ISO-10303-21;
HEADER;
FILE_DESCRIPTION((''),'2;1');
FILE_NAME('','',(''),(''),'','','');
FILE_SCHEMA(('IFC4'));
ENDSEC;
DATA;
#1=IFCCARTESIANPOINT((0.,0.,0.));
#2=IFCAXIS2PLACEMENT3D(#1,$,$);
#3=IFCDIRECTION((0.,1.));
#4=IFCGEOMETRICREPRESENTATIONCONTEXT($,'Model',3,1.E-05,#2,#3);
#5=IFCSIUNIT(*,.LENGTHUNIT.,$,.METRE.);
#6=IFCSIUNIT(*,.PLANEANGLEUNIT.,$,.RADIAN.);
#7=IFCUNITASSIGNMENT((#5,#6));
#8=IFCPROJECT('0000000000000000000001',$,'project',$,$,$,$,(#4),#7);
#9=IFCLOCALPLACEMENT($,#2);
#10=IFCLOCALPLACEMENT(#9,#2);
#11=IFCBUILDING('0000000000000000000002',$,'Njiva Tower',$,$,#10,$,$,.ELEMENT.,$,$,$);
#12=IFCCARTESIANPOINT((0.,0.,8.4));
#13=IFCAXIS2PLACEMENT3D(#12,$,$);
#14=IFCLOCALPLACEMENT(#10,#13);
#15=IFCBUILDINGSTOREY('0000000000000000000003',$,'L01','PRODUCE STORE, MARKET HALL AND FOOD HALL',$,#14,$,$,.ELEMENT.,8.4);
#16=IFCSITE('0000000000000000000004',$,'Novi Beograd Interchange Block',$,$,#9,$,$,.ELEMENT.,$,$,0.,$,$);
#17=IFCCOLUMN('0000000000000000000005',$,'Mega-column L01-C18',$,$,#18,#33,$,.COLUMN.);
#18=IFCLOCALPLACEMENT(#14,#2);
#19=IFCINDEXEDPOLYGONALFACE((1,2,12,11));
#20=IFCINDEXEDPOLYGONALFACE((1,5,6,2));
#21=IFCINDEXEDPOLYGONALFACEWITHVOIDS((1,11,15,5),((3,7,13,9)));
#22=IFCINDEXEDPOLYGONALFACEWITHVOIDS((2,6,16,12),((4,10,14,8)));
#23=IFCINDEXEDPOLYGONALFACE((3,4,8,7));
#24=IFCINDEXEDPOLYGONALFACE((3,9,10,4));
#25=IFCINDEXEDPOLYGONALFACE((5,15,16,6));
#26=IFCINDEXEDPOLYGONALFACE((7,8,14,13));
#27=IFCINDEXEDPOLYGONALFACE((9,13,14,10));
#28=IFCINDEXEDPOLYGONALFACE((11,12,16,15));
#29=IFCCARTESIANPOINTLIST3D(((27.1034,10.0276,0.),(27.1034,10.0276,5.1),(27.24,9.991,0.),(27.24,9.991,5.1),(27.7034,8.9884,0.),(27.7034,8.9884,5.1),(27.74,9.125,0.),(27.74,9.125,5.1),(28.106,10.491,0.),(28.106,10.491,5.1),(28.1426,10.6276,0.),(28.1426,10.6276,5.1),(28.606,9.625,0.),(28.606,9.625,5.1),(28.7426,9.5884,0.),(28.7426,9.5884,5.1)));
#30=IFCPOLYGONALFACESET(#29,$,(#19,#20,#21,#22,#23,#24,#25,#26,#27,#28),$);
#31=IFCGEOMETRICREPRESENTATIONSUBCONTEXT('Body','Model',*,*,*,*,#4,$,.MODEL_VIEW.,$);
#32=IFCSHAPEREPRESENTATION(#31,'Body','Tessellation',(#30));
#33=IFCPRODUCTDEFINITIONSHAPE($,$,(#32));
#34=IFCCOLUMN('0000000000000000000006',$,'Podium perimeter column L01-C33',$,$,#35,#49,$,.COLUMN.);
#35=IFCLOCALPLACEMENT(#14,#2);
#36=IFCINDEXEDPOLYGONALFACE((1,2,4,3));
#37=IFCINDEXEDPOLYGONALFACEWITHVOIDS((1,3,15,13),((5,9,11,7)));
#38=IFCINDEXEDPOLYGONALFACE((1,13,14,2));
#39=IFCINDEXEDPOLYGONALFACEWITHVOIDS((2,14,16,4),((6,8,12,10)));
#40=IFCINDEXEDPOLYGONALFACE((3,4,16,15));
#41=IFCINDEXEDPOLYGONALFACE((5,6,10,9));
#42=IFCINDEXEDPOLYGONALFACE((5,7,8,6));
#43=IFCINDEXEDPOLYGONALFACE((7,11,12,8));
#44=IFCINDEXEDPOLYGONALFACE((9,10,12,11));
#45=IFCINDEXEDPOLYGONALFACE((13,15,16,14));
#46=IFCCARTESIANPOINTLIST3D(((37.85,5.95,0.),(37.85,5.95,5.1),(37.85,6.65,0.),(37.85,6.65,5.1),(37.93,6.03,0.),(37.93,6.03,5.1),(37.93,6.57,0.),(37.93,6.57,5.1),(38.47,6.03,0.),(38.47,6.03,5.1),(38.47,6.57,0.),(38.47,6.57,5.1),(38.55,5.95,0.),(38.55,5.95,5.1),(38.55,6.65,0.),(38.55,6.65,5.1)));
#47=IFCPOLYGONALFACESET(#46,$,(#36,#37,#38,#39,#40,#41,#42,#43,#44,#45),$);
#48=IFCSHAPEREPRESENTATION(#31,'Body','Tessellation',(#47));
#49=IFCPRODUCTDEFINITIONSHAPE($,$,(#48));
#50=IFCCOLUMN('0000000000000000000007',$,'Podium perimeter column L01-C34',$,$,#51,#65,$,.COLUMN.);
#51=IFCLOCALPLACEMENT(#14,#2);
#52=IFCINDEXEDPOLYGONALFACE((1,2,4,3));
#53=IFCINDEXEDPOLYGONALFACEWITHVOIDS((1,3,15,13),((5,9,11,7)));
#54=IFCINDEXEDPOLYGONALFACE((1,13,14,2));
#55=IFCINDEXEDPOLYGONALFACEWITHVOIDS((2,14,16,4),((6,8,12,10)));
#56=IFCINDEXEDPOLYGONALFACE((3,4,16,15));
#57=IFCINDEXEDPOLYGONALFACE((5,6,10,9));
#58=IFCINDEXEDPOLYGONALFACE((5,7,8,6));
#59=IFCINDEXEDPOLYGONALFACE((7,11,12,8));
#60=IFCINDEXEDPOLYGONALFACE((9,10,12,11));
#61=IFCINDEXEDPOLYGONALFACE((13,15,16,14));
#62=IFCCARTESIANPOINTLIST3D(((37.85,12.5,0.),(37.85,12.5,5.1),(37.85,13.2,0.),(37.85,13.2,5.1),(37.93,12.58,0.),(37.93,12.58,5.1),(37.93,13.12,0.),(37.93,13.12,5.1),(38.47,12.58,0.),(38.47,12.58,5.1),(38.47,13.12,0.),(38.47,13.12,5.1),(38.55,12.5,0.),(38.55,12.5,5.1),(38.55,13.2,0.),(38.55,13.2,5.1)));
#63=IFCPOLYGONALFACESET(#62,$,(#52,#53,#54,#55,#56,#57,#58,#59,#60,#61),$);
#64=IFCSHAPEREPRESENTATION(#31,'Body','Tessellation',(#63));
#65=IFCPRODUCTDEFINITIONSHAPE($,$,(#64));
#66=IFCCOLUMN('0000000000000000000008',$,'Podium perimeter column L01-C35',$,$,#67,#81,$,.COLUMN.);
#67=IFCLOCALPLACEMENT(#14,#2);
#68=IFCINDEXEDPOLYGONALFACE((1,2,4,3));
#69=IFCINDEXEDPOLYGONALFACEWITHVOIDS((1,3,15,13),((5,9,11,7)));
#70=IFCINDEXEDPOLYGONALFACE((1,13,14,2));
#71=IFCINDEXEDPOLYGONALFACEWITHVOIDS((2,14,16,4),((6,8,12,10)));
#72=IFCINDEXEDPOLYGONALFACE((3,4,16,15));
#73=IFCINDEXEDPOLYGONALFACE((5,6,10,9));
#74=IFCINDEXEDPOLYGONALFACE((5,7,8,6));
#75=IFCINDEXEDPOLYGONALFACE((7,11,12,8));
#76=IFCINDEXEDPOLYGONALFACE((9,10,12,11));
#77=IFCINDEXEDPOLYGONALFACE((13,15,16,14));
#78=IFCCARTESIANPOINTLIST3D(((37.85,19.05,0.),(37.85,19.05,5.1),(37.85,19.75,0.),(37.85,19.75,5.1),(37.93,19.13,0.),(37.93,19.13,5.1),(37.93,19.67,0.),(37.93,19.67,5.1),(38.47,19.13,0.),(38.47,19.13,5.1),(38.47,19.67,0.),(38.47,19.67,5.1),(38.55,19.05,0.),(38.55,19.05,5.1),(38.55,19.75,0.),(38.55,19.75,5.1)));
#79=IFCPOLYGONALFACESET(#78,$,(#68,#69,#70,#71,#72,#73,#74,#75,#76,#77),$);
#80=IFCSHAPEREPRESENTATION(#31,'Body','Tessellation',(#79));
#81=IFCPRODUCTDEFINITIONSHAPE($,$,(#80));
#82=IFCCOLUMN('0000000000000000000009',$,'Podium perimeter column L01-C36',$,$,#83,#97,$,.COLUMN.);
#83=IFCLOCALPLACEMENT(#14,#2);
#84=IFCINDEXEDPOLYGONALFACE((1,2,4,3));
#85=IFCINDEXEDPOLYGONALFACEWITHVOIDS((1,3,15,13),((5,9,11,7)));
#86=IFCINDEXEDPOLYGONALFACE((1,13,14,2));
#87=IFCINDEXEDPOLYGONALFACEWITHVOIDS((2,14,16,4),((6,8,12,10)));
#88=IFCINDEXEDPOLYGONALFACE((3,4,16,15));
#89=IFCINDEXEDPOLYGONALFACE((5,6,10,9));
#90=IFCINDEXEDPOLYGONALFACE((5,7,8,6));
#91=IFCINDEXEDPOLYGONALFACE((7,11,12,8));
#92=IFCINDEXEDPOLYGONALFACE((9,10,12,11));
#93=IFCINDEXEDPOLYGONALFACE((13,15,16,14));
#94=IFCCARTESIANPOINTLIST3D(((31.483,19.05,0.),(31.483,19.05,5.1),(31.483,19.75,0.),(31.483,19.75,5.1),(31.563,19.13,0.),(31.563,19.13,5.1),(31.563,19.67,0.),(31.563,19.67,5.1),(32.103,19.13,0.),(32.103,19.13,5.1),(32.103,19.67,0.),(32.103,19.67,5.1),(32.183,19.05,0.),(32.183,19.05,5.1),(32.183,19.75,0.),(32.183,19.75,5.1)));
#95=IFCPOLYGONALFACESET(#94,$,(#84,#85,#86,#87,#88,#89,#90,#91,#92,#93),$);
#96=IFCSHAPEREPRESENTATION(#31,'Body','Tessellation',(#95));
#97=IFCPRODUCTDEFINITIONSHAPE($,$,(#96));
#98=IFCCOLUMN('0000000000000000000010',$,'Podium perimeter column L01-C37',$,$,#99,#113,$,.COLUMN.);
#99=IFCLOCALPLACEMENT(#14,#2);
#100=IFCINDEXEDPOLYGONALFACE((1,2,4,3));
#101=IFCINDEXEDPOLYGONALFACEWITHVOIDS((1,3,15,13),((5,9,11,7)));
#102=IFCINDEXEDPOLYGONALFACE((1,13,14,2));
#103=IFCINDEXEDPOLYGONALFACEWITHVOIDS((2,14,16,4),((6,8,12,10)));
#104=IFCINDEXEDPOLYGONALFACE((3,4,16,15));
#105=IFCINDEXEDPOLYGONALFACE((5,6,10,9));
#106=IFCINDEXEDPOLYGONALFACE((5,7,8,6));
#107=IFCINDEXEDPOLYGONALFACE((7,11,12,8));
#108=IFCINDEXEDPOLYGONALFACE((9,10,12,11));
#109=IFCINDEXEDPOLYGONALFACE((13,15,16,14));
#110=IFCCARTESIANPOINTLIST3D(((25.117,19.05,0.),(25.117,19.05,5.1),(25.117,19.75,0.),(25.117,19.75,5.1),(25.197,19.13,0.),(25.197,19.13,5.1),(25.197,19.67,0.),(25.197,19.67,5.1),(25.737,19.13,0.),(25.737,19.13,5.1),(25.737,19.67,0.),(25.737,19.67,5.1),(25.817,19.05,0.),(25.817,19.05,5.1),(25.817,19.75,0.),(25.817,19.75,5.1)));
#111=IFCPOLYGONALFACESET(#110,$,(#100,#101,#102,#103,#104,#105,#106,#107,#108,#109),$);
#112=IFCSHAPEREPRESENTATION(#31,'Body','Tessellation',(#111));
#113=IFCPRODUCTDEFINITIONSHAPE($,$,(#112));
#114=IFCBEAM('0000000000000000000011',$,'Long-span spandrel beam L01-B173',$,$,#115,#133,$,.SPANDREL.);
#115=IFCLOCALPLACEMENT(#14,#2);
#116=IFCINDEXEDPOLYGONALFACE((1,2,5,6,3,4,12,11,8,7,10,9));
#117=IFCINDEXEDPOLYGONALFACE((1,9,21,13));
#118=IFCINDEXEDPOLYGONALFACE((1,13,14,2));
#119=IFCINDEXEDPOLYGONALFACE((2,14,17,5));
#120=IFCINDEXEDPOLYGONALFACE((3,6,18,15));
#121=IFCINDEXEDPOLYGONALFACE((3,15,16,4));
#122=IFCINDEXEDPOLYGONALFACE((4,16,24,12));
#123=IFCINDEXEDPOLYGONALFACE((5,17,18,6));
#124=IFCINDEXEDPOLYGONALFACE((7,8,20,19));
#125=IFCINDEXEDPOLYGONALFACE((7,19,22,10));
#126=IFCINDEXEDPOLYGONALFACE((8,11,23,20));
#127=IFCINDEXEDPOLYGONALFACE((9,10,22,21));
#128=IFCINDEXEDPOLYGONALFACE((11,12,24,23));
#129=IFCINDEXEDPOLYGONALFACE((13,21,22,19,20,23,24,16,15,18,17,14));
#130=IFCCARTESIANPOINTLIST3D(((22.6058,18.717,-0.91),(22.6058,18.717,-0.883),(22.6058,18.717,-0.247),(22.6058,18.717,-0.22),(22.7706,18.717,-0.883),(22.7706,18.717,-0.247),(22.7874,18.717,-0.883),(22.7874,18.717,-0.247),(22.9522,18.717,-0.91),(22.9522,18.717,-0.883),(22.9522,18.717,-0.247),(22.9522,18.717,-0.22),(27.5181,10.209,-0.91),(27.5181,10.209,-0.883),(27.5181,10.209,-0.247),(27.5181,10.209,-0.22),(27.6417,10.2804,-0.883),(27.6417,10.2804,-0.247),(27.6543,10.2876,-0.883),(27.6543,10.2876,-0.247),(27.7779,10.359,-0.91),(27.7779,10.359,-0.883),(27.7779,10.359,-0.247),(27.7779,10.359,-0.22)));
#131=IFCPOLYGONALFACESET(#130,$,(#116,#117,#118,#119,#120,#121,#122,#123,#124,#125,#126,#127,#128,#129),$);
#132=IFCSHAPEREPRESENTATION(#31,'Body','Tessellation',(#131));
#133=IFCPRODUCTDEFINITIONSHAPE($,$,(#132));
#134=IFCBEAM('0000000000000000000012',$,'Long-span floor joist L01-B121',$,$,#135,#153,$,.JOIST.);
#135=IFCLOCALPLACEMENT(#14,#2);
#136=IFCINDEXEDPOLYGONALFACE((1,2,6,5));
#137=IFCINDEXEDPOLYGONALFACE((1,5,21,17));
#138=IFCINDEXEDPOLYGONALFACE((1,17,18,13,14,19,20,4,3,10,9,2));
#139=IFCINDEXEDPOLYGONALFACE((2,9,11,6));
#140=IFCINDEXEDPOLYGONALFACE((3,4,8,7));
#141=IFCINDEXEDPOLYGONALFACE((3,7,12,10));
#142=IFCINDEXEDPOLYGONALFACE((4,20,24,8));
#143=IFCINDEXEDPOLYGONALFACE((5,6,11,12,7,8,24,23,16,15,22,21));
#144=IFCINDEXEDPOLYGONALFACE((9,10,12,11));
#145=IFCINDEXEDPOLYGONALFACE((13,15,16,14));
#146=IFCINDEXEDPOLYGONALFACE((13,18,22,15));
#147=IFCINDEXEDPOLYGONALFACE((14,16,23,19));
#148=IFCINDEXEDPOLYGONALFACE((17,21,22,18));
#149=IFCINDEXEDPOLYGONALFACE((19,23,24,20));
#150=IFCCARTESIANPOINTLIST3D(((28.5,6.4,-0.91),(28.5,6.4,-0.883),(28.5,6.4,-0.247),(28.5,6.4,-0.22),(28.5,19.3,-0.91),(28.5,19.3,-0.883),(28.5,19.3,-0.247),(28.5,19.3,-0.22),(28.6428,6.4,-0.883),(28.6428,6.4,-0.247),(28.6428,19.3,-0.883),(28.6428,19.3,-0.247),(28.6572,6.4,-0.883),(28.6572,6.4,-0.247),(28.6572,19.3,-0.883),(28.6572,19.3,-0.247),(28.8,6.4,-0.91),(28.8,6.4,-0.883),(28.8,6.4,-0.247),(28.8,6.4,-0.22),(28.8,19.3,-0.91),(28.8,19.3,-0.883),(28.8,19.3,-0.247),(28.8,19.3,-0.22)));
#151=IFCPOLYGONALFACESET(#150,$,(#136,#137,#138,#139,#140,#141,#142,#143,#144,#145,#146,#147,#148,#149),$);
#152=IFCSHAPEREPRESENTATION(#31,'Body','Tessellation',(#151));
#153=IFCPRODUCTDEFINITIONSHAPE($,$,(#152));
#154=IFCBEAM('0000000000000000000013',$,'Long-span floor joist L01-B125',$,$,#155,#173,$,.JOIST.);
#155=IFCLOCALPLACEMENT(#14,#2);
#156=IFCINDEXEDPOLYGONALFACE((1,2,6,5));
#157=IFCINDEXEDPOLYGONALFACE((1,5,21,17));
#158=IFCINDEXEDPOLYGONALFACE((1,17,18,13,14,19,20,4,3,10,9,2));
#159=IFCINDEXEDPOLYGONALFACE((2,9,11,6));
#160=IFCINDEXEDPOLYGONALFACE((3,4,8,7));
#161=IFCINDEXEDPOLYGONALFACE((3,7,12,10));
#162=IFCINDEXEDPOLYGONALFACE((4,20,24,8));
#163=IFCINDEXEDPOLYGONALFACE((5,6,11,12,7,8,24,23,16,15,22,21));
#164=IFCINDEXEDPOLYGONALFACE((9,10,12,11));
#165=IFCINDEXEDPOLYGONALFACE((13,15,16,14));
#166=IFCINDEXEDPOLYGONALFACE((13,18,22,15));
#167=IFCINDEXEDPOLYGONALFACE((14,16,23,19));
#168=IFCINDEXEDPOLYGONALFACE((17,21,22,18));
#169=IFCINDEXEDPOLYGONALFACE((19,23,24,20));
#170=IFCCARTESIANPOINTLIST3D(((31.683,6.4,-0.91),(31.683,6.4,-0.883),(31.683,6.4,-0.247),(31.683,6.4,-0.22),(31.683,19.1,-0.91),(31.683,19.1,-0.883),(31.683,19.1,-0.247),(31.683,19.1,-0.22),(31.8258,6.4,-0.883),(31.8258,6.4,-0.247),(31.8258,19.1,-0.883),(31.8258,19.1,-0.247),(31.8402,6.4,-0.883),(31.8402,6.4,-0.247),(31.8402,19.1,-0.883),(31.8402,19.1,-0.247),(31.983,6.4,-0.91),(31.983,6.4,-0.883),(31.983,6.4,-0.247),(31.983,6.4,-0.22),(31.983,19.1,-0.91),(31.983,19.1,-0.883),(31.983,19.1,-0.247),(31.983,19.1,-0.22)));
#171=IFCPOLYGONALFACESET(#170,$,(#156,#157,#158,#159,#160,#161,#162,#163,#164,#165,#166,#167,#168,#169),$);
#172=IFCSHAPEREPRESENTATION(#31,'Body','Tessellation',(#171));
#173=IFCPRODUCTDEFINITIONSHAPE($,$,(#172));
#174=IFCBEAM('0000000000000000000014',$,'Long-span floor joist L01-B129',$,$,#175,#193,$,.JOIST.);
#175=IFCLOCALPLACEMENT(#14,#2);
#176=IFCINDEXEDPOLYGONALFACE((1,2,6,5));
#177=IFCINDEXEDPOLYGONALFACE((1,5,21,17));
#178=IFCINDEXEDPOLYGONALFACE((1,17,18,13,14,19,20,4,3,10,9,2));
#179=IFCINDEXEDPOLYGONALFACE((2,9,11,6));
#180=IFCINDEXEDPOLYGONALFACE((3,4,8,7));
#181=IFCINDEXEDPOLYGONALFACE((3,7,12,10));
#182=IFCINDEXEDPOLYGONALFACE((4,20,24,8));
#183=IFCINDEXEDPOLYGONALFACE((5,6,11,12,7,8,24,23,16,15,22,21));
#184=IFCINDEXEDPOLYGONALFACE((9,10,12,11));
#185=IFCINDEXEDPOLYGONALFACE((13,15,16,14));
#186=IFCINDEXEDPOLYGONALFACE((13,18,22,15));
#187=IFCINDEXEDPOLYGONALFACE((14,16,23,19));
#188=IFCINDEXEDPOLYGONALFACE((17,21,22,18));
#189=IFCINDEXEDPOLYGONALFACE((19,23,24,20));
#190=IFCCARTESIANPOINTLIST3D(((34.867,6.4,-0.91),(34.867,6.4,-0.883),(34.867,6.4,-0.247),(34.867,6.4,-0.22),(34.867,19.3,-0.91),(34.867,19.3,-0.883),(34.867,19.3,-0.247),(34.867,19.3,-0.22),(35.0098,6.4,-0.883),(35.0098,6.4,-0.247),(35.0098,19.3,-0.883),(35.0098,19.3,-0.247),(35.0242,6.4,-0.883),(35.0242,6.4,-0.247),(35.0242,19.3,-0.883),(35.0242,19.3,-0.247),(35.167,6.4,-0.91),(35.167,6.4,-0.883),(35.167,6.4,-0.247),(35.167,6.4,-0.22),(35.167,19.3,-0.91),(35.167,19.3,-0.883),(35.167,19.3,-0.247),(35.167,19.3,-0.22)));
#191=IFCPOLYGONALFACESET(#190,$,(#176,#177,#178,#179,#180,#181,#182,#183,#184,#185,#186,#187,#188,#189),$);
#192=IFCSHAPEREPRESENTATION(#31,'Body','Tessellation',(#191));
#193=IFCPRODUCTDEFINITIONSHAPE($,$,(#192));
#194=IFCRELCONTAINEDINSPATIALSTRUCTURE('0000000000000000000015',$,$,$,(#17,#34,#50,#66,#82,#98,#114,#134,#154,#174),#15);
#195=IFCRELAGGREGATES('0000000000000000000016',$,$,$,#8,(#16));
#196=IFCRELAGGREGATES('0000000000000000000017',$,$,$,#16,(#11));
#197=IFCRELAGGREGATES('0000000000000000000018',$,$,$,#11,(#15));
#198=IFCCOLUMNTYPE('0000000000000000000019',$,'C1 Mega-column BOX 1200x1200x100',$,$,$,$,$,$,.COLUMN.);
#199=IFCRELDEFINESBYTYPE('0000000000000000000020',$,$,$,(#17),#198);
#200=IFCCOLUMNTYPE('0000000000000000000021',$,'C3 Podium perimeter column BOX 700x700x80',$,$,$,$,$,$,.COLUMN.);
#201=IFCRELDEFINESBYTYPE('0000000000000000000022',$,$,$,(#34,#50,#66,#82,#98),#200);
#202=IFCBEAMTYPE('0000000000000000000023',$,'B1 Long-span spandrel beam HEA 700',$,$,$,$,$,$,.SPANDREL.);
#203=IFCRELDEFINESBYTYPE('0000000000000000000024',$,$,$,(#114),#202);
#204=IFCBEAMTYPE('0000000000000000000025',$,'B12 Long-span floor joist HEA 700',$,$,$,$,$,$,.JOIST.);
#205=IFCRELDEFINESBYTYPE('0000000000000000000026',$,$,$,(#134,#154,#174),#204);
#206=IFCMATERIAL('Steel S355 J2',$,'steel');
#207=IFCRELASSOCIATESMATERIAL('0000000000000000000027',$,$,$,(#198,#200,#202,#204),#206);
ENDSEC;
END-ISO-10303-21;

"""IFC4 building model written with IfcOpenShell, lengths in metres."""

from ifc_helpers import new_model, si_unit, direction, frame, origin, origin_2d, place, context, subcontext, project, spatial, hollow_rectangle, i_section, extrude, clip, halfspace, material, material_profile, profile_set, type_object, element, save


model = new_model("IFC4")

# Units and contexts
model_context = context("Model", 3, precision=1e-05, world=origin(), true_north=direction((0.0, 1.0)))
body_context = subcontext(model_context, "Body", "Model", "MODEL_VIEW")
ifc_project = project(units=[si_unit("LENGTHUNIT", "METRE"), si_unit("PLANEANGLEUNIT", "RADIAN")], contexts=[model_context])

# Site, building, storey
site_placement = place(None, origin())
site = spatial("IfcSite", under=ifc_project, at=site_placement, Name="Novi Beograd Interchange Block", CompositionType="ELEMENT", RefElevation=0.0)
building_placement = place(site_placement, origin())
building = spatial("IfcBuilding", under=site, at=building_placement, Name="Njiva Tower", CompositionType="ELEMENT")
storey_placement = place(building_placement, frame((0.0, 0.0, 8.4)))
storey = spatial("IfcBuildingStorey", under=building, at=storey_placement, Name="L01", Description="PRODUCE STORE, MARKET HALL AND FOOD HALL", CompositionType="ELEMENT", Elevation=8.4)

# Columns
ifc_material_1 = material(Name="Steel S355 J2", Category="steel")
ifc_material_profile_1 = material_profile(ifc_material_1, hollow_rectangle(XDim=1.2, YDim=1.2, WallThickness=0.1, at=origin_2d()), Name="BOX 1200x1200x100")
ifc_profile_set_1 = profile_set([ifc_material_profile_1], Name="Steel S355 J2")
column_type_1 = type_object("IfcColumnType", Name="C1 Mega-column BOX 1200x1200x100", PredefinedType="COLUMN", material=ifc_profile_set_1)
column_placement = place(storey_placement, frame((27.923, 9.808, 0.0), z_axis=(0.0, 0.0, 1.0), x_axis=(-0.5, 0.866025, 0.0)))
element("IfcColumn", 1, at=column_placement, inside=storey, type_object=column_type_1, Name="Mega-column L01-C18", PredefinedType="COLUMN", context=body_context, shape_type="SweptSolid", body=[
    extrude(hollow_rectangle(XDim=1.2, YDim=1.2, WallThickness=0.1, at=origin_2d()), origin(), (0.0, 0.0, 1.0), 5.1),
])
ifc_material_profile_2 = material_profile(ifc_material_1, hollow_rectangle(XDim=0.7, YDim=0.7, WallThickness=0.08, at=origin_2d()), Name="BOX 700x700x80")
ifc_profile_set_2 = profile_set([ifc_material_profile_2], Name="Steel S355 J2")
column_type_2 = type_object("IfcColumnType", Name="C3 Podium perimeter column BOX 700x700x80", PredefinedType="COLUMN", material=ifc_profile_set_2)
for number, where, z_axis, x_axis, name in (
    (2, (38.2, 6.3, 0.0), (0.0, 0.0, 1.0), (0.0, 1.0, 0.0), "Podium perimeter column L01-C33"),
    (3, (38.2, 12.85, 0.0), (0.0, 0.0, 1.0), (0.0, 1.0, 0.0), "Podium perimeter column L01-C34"),
    (4, (38.2, 19.4, 0.0), (0.0, 0.0, 1.0), (-1.0, 0.0, 0.0), "Podium perimeter column L01-C35"),
    (5, (31.833, 19.4, 0.0), (0.0, 0.0, 1.0), (-1.0, 0.0, 0.0), "Podium perimeter column L01-C36"),
    (6, (25.467, 19.4, 0.0), (0.0, 0.0, 1.0), (-1.0, 0.0, 0.0), "Podium perimeter column L01-C37"),
):
    element("IfcColumn", number, at=place(storey_placement, frame(where, z_axis=z_axis, x_axis=x_axis)), inside=storey, type_object=column_type_2, Name=name, PredefinedType="COLUMN", context=body_context, shape_type="SweptSolid", body=[
        extrude(hollow_rectangle(XDim=0.7, YDim=0.7, WallThickness=0.08, at=origin_2d()), origin(), (0.0, 0.0, 1.0), 5.1),
    ])

# Beams
ifc_material_profile_3 = material_profile(ifc_material_1, i_section(OverallWidth=0.3, OverallDepth=0.69, WebThickness=0.0145, FlangeThickness=0.027, at=origin_2d()), Name="HEA 700")
ifc_profile_set_3 = profile_set([ifc_material_profile_3], Name="Steel S355 J2")
beam_type_1 = type_object("IfcBeamType", Name="B1 Long-span spandrel beam HEA 700", PredefinedType="SPANDREL", material=ifc_profile_set_3)
beam_1_placement = place(storey_placement, frame((27.648, 10.284, -0.565), z_axis=(-0.500016, 0.866016, 0.0), x_axis=(-0.866016, -0.500016, 0.0)))
element("IfcBeam", 7, at=beam_1_placement, inside=storey, type_object=beam_type_1, Name="Long-span spandrel beam L01-B173", PredefinedType="SPANDREL", context=body_context, shape_type="Clipping", body=[
    clip(extrude(i_section(OverallWidth=0.3, OverallDepth=0.69, WebThickness=0.0145, FlangeThickness=0.027, at=origin_2d()), origin(), (0.0, 0.0, 1.0), 9.8447), halfspace(frame((-0.0248, 0.0, 9.7234), z_axis=(-0.500016, 0.0, 0.866016), x_axis=(0.0, 1.0, 0.0)), False)),
])
ifc_material_profile_4 = material_profile(ifc_material_1, i_section(OverallWidth=0.3, OverallDepth=0.69, WebThickness=0.0145, FlangeThickness=0.027, at=origin_2d()), Name="HEA 700")
ifc_profile_set_4 = profile_set([ifc_material_profile_4], Name="Steel S355 J2")
beam_type_2 = type_object("IfcBeamType", Name="B12 Long-span floor joist HEA 700", PredefinedType="JOIST", material=ifc_profile_set_4)
beam_2_placement = place(storey_placement, frame((28.65, 19.3, -0.565), z_axis=(0.0, -1.0, 0.0), x_axis=(1.0, 0.0, 0.0)))
element("IfcBeam", 8, at=beam_2_placement, inside=storey, type_object=beam_type_2, Name="Long-span floor joist L01-B121", PredefinedType="JOIST", context=body_context, shape_type="SweptSolid", body=[
    extrude(i_section(OverallWidth=0.3, OverallDepth=0.69, WebThickness=0.0145, FlangeThickness=0.027, at=origin_2d()), origin(), (0.0, 0.0, 1.0), 12.9),
])
beam_3_placement = place(storey_placement, frame((31.833, 19.1, -0.565), z_axis=(0.0, -1.0, 0.0), x_axis=(1.0, 0.0, 0.0)))
element("IfcBeam", 9, at=beam_3_placement, inside=storey, type_object=beam_type_2, Name="Long-span floor joist L01-B125", PredefinedType="JOIST", context=body_context, shape_type="SweptSolid", body=[
    extrude(i_section(OverallWidth=0.3, OverallDepth=0.69, WebThickness=0.0145, FlangeThickness=0.027, at=origin_2d()), origin(), (0.0, 0.0, 1.0), 12.7),
])
beam_4_placement = place(storey_placement, frame((35.017, 19.3, -0.565), z_axis=(0.0, -1.0, 0.0), x_axis=(1.0, 0.0, 0.0)))
element("IfcBeam", 10, at=beam_4_placement, inside=storey, type_object=beam_type_2, Name="Long-span floor joist L01-B129", PredefinedType="JOIST", context=body_context, shape_type="SweptSolid", body=[
    extrude(i_section(OverallWidth=0.3, OverallDepth=0.69, WebThickness=0.0145, FlangeThickness=0.027, at=origin_2d()), origin(), (0.0, 0.0, 1.0), 12.9),
])

save(model, "model.ifc")
